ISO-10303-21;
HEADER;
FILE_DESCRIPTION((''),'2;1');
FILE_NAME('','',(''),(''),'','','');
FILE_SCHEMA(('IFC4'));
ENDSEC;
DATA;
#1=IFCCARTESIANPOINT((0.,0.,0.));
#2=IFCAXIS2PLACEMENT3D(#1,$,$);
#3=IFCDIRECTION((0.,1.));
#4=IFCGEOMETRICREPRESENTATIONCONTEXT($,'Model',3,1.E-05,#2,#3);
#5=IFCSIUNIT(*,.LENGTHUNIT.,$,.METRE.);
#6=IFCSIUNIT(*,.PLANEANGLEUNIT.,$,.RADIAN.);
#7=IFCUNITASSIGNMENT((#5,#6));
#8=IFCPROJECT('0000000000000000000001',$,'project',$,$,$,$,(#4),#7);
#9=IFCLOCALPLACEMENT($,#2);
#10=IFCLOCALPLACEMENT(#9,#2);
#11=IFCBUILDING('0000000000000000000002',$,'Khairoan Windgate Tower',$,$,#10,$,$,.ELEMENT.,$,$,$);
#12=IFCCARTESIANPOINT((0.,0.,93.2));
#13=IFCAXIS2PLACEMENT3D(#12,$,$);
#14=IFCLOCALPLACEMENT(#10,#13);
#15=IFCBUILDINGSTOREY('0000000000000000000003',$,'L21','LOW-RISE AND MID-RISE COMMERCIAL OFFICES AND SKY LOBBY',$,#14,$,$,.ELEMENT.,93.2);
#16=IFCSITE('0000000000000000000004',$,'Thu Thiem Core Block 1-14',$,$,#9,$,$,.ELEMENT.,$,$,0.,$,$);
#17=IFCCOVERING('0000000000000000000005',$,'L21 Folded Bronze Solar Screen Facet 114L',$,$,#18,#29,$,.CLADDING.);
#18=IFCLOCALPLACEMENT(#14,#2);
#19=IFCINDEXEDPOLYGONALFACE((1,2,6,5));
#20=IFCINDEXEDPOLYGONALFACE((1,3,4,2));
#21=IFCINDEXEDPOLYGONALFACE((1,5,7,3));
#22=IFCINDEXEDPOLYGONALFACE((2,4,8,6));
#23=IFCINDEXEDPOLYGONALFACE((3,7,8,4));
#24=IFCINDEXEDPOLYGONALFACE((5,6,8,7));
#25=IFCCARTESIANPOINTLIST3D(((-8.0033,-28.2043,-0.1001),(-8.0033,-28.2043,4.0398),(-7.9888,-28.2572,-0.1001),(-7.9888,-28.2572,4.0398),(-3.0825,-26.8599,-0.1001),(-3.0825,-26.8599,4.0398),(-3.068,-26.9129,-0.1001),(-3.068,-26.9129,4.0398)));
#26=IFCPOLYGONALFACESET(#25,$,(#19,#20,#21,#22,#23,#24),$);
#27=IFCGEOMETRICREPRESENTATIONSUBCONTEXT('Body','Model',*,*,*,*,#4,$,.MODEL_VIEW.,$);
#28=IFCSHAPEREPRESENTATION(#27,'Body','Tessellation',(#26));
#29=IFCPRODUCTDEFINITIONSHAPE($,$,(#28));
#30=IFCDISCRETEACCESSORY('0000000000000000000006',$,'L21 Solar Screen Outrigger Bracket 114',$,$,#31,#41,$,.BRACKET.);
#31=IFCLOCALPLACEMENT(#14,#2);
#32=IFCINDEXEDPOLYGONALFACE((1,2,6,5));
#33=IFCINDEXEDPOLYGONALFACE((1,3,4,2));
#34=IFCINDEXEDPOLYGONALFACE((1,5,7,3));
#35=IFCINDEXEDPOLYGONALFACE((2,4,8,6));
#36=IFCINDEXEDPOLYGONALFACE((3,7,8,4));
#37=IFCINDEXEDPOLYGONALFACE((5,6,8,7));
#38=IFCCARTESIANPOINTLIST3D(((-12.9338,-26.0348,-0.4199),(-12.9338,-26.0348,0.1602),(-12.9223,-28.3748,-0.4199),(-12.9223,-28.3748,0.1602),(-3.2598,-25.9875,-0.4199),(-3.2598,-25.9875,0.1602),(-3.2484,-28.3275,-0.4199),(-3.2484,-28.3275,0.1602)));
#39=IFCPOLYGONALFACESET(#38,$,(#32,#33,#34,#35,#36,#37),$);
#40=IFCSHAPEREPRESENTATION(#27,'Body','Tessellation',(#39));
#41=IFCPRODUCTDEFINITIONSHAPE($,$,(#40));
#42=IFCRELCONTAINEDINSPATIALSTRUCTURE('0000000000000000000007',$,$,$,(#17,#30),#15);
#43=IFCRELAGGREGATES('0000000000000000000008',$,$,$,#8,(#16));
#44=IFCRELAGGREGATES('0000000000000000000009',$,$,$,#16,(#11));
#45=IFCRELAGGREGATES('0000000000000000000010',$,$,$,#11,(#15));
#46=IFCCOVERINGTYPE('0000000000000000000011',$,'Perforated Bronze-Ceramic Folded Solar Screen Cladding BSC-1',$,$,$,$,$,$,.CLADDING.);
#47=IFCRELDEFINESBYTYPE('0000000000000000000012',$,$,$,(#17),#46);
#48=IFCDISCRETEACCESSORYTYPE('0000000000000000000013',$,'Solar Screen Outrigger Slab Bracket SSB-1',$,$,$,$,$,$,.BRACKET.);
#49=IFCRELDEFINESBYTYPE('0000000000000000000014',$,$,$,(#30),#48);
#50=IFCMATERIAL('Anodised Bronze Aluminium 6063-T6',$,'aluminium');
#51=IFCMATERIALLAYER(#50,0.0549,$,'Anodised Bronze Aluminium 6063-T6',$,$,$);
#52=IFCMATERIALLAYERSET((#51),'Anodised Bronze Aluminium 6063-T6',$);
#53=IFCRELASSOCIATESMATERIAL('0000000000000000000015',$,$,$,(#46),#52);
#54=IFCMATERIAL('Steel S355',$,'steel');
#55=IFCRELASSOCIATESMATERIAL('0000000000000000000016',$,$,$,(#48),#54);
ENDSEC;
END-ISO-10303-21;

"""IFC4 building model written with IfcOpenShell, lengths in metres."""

from ifc_helpers import new_model, si_unit, direction, frame, origin, origin_2d, place, context, subcontext, project, spatial, rectangle, extrude, material, layer, layer_set, type_object, element, save


model = new_model("IFC4")

# Units and contexts
model_context = context("Model", 3, precision=1e-05, world=origin(), true_north=direction((0.0, 1.0)))
body_context = subcontext(model_context, "Body", "Model", "MODEL_VIEW")
ifc_project = project(units=[si_unit("LENGTHUNIT", "METRE"), si_unit("PLANEANGLEUNIT", "RADIAN")], contexts=[model_context])

# Site, building, storey
site_placement = place(None, origin())
site = spatial("IfcSite", under=ifc_project, at=site_placement, Name="Thu Thiem Core Block 1-14", CompositionType="ELEMENT", RefElevation=0.0)
building_placement = place(site_placement, origin())
building = spatial("IfcBuilding", under=site, at=building_placement, Name="Khairoan Windgate Tower", CompositionType="ELEMENT")
storey_placement = place(building_placement, frame((0.0, 0.0, 93.2)))
storey = spatial("IfcBuildingStorey", under=building, at=storey_placement, Name="L21", Description="LOW-RISE AND MID-RISE COMMERCIAL OFFICES AND SKY LOBBY", CompositionType="ELEMENT", Elevation=93.2)

# Covering
ifc_material_1 = material(Name="Anodised Bronze Aluminium 6063-T6", Category="aluminium")
ifc_layer_1 = layer(ifc_material_1, 0.0549, Name="Anodised Bronze Aluminium 6063-T6")
ifc_layer_set_1 = layer_set([ifc_layer_1], Name="Anodised Bronze Aluminium 6063-T6")
covering_type = type_object("IfcCoveringType", Name="Perforated Bronze-Ceramic Folded Solar Screen Cladding BSC-1", PredefinedType="CLADDING", material=ifc_layer_set_1)
covering_placement = place(storey_placement, frame((-5.5356, -27.5586, -0.1001), z_axis=(0.0, 0.0, 1.0), x_axis=(-0.964649, -0.263536, 0.0)))
element("IfcCovering", 1, at=covering_placement, inside=storey, type_object=covering_type, Name="L21 Folded Bronze Solar Screen Facet 114L", PredefinedType="CLADDING", context=body_context, shape_type="SweptSolid", body=[
    extrude(rectangle(XDim=5.1011, YDim=0.0549, at=origin_2d()), origin(), (0.0, 0.0, 1.0), 4.1399),
])

# Discrete accessory
ifc_material_2 = material(Name="Steel S355", Category="steel")
discrete_accessory_type = type_object("IfcDiscreteAccessoryType", Name="Solar Screen Outrigger Slab Bracket SSB-1", PredefinedType="BRACKET", material=ifc_material_2)
discrete_accessory_placement = place(storey_placement, frame((-8.0911, -27.1812, -0.4199), z_axis=(0.0, 0.0, 1.0), x_axis=(-0.999988, -0.004887, 0.0)))
element("IfcDiscreteAccessory", 2, at=discrete_accessory_placement, inside=storey, type_object=discrete_accessory_type, Name="L21 Solar Screen Outrigger Bracket 114", PredefinedType="BRACKET", context=body_context, shape_type="SweptSolid", body=[
    extrude(rectangle(XDim=9.6741, YDim=2.3401, at=origin_2d()), origin(), (0.0, 0.0, 1.0), 0.5801),
])

save(model, "model.ifc")
